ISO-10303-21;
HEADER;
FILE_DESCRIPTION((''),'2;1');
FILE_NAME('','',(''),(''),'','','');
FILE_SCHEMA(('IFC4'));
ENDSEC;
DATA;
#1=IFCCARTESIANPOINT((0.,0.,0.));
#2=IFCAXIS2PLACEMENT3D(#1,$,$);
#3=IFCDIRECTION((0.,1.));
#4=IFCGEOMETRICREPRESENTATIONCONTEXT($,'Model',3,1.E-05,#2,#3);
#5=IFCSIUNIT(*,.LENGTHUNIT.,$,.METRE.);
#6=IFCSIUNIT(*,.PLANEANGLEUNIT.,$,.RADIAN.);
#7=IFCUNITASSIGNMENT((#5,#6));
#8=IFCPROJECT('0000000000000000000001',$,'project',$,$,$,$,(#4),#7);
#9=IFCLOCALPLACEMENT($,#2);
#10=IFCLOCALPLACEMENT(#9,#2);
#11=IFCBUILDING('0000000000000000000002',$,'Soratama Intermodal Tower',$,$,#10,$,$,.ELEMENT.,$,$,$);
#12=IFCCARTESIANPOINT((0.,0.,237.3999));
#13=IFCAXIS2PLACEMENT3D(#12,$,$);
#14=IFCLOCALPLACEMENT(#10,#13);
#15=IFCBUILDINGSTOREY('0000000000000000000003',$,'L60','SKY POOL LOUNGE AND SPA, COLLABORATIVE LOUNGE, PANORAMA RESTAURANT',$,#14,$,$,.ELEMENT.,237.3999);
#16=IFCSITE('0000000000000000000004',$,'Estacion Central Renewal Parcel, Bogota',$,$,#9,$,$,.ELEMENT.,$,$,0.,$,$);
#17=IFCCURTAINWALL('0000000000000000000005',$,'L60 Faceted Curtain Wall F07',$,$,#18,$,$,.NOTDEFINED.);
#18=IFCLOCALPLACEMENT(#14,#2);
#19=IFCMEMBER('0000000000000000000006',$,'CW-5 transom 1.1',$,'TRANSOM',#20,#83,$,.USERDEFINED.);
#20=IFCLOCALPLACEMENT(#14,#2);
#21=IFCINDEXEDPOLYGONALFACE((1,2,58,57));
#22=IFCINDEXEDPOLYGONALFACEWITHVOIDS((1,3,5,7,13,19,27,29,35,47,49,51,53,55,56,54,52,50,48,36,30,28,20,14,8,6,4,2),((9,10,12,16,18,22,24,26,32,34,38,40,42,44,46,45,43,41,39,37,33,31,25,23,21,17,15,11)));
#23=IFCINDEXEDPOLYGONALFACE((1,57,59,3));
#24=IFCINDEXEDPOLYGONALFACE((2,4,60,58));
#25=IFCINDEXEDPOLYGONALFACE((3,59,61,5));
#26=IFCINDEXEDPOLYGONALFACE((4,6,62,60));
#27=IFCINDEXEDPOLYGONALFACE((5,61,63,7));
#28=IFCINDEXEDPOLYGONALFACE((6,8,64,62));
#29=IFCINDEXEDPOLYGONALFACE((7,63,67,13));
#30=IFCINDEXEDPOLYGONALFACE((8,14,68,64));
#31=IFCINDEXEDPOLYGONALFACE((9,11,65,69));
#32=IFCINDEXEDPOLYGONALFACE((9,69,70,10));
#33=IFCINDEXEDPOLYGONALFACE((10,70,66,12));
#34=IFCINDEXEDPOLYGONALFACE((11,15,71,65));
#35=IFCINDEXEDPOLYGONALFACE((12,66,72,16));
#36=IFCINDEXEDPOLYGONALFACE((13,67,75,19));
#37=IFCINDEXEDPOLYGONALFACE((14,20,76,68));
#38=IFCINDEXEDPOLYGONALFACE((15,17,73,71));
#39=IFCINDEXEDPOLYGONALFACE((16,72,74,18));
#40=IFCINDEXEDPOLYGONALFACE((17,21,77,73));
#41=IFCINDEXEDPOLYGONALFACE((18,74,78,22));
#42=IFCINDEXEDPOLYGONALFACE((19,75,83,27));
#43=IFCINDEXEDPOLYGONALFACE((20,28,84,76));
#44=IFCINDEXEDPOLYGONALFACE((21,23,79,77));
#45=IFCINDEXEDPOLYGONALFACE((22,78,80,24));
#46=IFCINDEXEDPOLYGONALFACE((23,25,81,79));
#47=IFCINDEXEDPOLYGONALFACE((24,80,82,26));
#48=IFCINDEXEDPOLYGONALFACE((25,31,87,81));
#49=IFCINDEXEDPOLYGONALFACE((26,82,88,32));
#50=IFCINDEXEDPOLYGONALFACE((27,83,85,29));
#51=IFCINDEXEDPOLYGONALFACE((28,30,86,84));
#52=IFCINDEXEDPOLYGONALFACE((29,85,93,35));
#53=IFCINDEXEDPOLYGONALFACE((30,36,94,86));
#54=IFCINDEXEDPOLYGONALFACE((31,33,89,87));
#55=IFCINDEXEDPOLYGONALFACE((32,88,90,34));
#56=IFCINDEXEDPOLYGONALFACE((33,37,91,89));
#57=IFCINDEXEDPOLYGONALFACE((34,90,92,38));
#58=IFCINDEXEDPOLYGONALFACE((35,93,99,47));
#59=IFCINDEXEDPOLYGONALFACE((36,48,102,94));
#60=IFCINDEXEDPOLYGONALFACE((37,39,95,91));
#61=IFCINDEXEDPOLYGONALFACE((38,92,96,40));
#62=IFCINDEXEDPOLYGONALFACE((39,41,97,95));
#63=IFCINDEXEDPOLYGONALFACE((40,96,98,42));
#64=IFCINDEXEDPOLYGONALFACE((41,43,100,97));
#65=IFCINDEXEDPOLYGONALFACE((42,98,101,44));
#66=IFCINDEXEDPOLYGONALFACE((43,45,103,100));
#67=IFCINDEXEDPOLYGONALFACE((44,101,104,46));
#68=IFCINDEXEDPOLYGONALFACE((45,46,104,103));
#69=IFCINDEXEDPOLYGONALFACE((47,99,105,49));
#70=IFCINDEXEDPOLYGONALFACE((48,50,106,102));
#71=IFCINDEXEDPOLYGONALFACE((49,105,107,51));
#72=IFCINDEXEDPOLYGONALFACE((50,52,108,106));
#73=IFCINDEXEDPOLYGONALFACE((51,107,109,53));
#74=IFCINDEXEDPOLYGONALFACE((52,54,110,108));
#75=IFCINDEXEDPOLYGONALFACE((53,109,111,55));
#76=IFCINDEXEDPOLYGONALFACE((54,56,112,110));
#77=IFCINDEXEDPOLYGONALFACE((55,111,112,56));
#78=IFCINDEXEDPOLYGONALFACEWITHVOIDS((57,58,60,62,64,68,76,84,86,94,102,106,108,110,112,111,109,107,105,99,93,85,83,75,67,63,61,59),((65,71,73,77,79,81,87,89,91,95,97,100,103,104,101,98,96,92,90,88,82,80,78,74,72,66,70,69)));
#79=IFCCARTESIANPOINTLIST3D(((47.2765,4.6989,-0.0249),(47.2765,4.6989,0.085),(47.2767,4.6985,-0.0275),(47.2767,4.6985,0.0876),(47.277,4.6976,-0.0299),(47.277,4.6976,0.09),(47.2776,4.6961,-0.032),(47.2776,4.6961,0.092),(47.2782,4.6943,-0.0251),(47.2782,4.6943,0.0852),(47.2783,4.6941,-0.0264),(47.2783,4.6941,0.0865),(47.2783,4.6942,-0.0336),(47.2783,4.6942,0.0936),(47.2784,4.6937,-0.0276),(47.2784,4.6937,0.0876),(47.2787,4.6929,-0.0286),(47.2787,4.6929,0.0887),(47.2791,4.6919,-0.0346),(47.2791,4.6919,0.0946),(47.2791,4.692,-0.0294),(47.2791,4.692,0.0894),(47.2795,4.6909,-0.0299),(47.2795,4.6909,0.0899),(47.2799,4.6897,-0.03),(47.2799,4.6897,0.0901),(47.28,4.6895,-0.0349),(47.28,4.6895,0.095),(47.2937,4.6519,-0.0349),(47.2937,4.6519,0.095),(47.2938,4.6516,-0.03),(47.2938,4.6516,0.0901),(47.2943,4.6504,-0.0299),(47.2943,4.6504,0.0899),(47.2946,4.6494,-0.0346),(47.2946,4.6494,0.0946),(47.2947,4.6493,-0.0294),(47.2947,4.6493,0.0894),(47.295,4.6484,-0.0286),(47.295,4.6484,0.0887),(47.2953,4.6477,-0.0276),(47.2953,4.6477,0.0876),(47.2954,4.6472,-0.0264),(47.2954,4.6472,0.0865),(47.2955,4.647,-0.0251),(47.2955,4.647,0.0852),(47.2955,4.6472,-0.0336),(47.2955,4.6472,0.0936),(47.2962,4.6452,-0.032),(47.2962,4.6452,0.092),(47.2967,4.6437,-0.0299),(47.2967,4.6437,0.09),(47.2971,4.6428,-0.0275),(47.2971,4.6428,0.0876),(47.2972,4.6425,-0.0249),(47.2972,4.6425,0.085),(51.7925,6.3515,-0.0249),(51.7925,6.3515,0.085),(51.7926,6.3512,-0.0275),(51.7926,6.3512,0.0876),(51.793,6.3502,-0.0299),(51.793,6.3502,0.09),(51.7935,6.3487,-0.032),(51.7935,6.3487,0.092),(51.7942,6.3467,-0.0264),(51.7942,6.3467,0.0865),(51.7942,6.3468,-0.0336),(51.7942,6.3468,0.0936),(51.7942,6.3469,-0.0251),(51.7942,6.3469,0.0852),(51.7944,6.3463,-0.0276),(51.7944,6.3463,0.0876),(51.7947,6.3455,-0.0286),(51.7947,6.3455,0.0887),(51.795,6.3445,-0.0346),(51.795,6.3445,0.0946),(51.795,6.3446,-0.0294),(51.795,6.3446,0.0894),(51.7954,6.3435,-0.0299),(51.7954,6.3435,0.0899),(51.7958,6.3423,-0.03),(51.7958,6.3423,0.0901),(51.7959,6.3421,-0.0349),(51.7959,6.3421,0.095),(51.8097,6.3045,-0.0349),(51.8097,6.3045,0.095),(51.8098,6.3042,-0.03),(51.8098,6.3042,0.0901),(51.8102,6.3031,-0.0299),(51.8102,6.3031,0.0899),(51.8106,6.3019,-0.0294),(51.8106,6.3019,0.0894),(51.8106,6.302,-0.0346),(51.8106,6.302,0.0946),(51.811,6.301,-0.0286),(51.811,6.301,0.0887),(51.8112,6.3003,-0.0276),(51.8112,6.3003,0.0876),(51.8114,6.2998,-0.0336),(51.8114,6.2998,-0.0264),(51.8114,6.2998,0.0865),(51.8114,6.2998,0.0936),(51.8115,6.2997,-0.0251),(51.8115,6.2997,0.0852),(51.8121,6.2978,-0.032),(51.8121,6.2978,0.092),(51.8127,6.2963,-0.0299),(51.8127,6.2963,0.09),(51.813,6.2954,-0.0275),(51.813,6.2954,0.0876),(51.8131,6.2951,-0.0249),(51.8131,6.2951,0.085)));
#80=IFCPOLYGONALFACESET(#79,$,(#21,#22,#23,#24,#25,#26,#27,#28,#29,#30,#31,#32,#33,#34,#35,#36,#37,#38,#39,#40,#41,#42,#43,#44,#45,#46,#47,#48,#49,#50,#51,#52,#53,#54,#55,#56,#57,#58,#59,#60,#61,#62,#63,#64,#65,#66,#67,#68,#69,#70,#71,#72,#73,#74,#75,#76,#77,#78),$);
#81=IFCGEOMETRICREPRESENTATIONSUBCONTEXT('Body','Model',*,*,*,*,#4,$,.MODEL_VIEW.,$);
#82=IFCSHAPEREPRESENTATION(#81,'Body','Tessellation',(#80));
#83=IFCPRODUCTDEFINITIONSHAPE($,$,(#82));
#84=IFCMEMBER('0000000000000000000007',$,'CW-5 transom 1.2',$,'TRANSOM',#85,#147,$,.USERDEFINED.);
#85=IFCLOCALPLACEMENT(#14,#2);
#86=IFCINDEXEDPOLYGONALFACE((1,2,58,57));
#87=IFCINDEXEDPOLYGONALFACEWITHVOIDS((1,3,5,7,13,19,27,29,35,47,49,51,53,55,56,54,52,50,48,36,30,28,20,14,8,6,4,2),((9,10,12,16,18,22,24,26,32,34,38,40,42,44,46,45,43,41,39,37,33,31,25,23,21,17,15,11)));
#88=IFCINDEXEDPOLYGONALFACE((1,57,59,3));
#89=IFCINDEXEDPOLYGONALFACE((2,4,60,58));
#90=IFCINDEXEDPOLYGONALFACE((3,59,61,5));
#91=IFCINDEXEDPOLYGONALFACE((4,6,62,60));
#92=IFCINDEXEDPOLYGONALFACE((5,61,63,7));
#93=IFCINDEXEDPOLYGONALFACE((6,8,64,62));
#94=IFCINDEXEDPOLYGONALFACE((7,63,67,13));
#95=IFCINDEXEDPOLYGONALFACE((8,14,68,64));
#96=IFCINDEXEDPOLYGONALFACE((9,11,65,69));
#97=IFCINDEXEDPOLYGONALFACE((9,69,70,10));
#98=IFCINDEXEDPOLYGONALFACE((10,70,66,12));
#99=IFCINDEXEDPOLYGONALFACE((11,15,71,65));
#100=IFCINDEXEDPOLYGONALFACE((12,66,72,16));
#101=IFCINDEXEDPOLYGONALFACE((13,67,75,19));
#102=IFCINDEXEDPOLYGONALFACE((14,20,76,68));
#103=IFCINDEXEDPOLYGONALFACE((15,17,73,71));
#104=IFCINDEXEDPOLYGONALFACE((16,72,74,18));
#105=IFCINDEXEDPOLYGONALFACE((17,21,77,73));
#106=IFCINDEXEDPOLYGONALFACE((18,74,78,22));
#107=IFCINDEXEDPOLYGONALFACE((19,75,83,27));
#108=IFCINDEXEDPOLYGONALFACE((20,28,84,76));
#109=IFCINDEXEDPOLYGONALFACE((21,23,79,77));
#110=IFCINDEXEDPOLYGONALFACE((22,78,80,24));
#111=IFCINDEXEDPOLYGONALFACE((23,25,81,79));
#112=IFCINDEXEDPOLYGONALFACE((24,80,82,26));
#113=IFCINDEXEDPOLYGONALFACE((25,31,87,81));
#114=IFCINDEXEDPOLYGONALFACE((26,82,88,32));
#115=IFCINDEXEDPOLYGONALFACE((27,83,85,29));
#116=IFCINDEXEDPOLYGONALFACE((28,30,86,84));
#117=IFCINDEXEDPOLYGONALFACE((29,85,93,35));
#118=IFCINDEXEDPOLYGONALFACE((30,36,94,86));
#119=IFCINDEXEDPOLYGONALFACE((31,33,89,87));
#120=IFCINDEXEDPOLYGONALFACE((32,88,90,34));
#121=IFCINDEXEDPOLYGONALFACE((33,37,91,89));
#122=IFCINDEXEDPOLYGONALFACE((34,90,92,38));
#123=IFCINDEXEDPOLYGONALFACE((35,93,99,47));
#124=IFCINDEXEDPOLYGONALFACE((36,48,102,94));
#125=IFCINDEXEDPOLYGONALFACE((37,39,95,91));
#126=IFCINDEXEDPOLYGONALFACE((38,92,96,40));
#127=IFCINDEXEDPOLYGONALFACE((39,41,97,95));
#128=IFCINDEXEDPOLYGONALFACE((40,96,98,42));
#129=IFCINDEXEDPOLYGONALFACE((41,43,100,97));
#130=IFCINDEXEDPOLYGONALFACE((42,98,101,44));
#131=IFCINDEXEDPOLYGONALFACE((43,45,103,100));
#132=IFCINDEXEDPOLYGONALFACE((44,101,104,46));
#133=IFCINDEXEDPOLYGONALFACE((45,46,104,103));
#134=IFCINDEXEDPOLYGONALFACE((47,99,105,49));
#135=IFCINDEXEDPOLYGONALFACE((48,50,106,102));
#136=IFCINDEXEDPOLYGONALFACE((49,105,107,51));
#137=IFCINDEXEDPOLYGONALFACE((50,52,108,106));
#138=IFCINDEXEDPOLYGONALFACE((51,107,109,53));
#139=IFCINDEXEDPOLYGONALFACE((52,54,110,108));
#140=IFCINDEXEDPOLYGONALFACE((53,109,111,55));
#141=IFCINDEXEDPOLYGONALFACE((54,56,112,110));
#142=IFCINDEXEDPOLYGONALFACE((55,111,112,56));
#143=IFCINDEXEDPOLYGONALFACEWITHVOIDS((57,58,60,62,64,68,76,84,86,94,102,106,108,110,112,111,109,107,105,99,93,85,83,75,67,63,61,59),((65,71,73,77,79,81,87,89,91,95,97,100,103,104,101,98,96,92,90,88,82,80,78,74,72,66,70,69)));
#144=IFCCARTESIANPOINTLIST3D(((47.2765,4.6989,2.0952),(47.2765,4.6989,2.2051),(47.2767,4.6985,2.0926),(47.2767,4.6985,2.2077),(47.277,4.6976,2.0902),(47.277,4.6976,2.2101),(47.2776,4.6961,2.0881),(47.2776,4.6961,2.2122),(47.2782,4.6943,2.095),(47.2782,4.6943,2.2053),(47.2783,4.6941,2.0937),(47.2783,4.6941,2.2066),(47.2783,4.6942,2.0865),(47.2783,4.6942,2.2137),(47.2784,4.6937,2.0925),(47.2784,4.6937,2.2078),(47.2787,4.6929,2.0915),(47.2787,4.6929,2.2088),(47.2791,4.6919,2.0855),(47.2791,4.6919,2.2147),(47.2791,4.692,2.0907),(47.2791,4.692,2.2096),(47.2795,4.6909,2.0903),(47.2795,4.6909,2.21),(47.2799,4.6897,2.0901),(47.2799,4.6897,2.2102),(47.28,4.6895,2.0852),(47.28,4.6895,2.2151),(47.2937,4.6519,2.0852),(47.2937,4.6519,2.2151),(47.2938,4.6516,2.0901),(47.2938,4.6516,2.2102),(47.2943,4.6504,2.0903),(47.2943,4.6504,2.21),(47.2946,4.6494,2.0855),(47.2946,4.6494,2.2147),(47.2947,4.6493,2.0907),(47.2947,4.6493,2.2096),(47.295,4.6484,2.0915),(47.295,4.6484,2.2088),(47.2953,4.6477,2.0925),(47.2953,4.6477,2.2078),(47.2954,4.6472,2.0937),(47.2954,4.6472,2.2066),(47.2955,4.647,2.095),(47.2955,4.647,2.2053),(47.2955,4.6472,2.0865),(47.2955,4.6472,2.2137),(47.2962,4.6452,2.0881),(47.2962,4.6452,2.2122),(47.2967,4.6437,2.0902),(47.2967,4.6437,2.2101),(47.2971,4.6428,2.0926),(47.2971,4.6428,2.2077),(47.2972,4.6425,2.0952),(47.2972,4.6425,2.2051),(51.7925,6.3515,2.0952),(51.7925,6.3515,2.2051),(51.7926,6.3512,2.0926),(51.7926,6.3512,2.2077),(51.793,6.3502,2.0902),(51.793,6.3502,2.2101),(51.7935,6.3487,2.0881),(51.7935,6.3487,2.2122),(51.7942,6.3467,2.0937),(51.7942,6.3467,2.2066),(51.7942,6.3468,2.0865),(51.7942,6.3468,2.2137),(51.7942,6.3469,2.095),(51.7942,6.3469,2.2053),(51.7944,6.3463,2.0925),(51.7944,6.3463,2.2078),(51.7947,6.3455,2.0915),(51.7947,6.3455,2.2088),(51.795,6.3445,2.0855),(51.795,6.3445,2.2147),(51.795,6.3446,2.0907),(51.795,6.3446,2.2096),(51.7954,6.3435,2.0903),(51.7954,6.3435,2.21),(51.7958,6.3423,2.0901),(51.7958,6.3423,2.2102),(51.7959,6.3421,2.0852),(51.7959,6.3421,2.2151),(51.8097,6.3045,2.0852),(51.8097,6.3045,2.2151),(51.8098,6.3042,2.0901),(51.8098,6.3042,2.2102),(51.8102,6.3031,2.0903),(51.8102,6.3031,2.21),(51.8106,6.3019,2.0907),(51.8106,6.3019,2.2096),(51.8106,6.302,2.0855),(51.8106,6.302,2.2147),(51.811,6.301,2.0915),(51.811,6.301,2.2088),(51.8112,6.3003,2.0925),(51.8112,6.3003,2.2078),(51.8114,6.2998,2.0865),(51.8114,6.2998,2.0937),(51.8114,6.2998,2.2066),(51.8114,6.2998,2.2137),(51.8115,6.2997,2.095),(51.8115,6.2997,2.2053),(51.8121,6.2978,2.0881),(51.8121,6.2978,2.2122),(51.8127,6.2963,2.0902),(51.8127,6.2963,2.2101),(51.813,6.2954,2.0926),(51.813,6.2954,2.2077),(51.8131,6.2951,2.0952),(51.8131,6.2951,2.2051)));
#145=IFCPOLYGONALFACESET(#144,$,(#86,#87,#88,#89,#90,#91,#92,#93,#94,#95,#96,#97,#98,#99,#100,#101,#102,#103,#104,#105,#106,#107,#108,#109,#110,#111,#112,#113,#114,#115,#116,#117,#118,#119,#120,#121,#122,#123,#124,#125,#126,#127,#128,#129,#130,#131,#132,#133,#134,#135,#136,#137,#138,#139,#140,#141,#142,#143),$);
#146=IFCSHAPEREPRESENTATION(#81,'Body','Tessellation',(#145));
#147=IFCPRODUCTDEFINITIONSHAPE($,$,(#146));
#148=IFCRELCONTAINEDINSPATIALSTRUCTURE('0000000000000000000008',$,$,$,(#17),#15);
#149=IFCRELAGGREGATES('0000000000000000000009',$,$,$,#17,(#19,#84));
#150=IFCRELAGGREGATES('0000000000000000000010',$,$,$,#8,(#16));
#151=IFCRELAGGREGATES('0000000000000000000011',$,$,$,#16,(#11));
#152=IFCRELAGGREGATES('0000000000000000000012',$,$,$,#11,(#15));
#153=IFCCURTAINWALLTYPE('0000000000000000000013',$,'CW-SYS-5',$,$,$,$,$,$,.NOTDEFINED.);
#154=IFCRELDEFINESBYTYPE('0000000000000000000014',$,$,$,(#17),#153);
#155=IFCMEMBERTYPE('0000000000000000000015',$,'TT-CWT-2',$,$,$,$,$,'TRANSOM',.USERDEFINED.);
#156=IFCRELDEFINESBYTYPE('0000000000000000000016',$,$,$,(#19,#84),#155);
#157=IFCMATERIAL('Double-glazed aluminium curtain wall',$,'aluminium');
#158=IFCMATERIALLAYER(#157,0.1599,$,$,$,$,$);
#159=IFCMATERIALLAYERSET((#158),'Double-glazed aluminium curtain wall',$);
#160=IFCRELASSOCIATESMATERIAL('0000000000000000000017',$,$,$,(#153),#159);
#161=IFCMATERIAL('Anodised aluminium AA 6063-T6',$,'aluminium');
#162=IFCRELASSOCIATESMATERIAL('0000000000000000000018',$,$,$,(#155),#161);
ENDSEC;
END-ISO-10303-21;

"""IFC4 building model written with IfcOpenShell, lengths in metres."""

from ifc_helpers import new_model, si_unit, direction, frame, origin, origin_2d, place, context, subcontext, project, spatial, hollow_rectangle, extrude, material, layer, layer_set, material_profile, profile_set, type_object, element, aggregate, save


model = new_model("IFC4")

# Units and contexts
model_context = context("Model", 3, precision=1e-05, world=origin(), true_north=direction((0.0, 1.0)))
body_context = subcontext(model_context, "Body", "Model", "MODEL_VIEW")
ifc_project = project(units=[si_unit("LENGTHUNIT", "METRE"), si_unit("PLANEANGLEUNIT", "RADIAN")], contexts=[model_context])

# Site, building, storey
site_placement = place(None, origin())
site = spatial("IfcSite", under=ifc_project, at=site_placement, Name="Estacion Central Renewal Parcel, Bogota", CompositionType="ELEMENT", RefElevation=0.0)
building_placement = place(site_placement, origin())
building = spatial("IfcBuilding", under=site, at=building_placement, Name="Soratama Intermodal Tower", CompositionType="ELEMENT")
storey_placement = place(building_placement, frame((0.0, 0.0, 237.3999)))
storey = spatial("IfcBuildingStorey", under=building, at=storey_placement, Name="L60", Description="SKY POOL LOUNGE AND SPA, COLLABORATIVE LOUNGE, PANORAMA RESTAURANT", CompositionType="ELEMENT", Elevation=237.3999)

# Shared definitions
ifc_material_1 = material(Name="Double-glazed aluminium curtain wall", Category="aluminium")
ifc_layer_1 = layer(ifc_material_1, 0.1599)
ifc_layer_set_1 = layer_set([ifc_layer_1], Name="Double-glazed aluminium curtain wall")
curtain_wall_type = type_object("IfcCurtainWallType", Name="CW-SYS-5", PredefinedType="NOTDEFINED", material=ifc_layer_set_1)

# Curtain wall, members
curtain_wall_1_placement = place(storey_placement, origin())
curtain_wall_1 = element("IfcCurtainWall", 1, at=curtain_wall_1_placement, inside=storey, type_object=curtain_wall_type, Name="L60 Faceted Curtain Wall F07", PredefinedType="NOTDEFINED")
ifc_material_2 = material(Name="Anodised aluminium AA 6063-T6", Category="aluminium")
ifc_material_profile_1 = material_profile(ifc_material_2, hollow_rectangle(XDim=0.0601, YDim=0.1299, WallThickness=0.0049, InnerFilletRadius=0.0049, OuterFilletRadius=0.01, at=origin_2d()), Name="CWT130X60X5")
ifc_profile_set_1 = profile_set([ifc_material_profile_1], Name="Anodised aluminium AA 6063-T6")
member_type_1 = type_object("IfcMemberType", Name="TT-CWT-2", ElementType="TRANSOM", PredefinedType="USERDEFINED", material=ifc_profile_set_1)
member_1_placement = place(storey_placement, frame((47.2869, 4.6707, 0.03), z_axis=(0.939093, 0.343662, 0.0), x_axis=(-0.343662, 0.939093, 0.0)))
member_1 = element("IfcMember", 2, at=member_1_placement, type_object=member_type_1, Name="CW-5 transom 1.1", ObjectType="TRANSOM", PredefinedType="USERDEFINED", context=body_context, shape_type="SweptSolid", body=[
    extrude(hollow_rectangle(XDim=0.0601, YDim=0.1299, WallThickness=0.0049, InnerFilletRadius=0.0049, OuterFilletRadius=0.01, at=origin_2d()), origin(), (0.0, 0.0, 1.0), 4.8088),
])
member_2_placement = place(storey_placement, frame((47.2869, 4.6707, 2.1501), z_axis=(0.939093, 0.343662, 0.0), x_axis=(-0.343662, 0.939093, 0.0)))
member_2 = element("IfcMember", 3, at=member_2_placement, type_object=member_type_1, Name="CW-5 transom 1.2", ObjectType="TRANSOM", PredefinedType="USERDEFINED", context=body_context, shape_type="SweptSolid", body=[
    extrude(hollow_rectangle(XDim=0.0601, YDim=0.1299, WallThickness=0.0049, InnerFilletRadius=0.0049, OuterFilletRadius=0.01, at=origin_2d()), origin(), (0.0, 0.0, 1.0), 4.8088),
])

aggregate(curtain_wall_1, [member_1, member_2])

save(model, "model.ifc")
